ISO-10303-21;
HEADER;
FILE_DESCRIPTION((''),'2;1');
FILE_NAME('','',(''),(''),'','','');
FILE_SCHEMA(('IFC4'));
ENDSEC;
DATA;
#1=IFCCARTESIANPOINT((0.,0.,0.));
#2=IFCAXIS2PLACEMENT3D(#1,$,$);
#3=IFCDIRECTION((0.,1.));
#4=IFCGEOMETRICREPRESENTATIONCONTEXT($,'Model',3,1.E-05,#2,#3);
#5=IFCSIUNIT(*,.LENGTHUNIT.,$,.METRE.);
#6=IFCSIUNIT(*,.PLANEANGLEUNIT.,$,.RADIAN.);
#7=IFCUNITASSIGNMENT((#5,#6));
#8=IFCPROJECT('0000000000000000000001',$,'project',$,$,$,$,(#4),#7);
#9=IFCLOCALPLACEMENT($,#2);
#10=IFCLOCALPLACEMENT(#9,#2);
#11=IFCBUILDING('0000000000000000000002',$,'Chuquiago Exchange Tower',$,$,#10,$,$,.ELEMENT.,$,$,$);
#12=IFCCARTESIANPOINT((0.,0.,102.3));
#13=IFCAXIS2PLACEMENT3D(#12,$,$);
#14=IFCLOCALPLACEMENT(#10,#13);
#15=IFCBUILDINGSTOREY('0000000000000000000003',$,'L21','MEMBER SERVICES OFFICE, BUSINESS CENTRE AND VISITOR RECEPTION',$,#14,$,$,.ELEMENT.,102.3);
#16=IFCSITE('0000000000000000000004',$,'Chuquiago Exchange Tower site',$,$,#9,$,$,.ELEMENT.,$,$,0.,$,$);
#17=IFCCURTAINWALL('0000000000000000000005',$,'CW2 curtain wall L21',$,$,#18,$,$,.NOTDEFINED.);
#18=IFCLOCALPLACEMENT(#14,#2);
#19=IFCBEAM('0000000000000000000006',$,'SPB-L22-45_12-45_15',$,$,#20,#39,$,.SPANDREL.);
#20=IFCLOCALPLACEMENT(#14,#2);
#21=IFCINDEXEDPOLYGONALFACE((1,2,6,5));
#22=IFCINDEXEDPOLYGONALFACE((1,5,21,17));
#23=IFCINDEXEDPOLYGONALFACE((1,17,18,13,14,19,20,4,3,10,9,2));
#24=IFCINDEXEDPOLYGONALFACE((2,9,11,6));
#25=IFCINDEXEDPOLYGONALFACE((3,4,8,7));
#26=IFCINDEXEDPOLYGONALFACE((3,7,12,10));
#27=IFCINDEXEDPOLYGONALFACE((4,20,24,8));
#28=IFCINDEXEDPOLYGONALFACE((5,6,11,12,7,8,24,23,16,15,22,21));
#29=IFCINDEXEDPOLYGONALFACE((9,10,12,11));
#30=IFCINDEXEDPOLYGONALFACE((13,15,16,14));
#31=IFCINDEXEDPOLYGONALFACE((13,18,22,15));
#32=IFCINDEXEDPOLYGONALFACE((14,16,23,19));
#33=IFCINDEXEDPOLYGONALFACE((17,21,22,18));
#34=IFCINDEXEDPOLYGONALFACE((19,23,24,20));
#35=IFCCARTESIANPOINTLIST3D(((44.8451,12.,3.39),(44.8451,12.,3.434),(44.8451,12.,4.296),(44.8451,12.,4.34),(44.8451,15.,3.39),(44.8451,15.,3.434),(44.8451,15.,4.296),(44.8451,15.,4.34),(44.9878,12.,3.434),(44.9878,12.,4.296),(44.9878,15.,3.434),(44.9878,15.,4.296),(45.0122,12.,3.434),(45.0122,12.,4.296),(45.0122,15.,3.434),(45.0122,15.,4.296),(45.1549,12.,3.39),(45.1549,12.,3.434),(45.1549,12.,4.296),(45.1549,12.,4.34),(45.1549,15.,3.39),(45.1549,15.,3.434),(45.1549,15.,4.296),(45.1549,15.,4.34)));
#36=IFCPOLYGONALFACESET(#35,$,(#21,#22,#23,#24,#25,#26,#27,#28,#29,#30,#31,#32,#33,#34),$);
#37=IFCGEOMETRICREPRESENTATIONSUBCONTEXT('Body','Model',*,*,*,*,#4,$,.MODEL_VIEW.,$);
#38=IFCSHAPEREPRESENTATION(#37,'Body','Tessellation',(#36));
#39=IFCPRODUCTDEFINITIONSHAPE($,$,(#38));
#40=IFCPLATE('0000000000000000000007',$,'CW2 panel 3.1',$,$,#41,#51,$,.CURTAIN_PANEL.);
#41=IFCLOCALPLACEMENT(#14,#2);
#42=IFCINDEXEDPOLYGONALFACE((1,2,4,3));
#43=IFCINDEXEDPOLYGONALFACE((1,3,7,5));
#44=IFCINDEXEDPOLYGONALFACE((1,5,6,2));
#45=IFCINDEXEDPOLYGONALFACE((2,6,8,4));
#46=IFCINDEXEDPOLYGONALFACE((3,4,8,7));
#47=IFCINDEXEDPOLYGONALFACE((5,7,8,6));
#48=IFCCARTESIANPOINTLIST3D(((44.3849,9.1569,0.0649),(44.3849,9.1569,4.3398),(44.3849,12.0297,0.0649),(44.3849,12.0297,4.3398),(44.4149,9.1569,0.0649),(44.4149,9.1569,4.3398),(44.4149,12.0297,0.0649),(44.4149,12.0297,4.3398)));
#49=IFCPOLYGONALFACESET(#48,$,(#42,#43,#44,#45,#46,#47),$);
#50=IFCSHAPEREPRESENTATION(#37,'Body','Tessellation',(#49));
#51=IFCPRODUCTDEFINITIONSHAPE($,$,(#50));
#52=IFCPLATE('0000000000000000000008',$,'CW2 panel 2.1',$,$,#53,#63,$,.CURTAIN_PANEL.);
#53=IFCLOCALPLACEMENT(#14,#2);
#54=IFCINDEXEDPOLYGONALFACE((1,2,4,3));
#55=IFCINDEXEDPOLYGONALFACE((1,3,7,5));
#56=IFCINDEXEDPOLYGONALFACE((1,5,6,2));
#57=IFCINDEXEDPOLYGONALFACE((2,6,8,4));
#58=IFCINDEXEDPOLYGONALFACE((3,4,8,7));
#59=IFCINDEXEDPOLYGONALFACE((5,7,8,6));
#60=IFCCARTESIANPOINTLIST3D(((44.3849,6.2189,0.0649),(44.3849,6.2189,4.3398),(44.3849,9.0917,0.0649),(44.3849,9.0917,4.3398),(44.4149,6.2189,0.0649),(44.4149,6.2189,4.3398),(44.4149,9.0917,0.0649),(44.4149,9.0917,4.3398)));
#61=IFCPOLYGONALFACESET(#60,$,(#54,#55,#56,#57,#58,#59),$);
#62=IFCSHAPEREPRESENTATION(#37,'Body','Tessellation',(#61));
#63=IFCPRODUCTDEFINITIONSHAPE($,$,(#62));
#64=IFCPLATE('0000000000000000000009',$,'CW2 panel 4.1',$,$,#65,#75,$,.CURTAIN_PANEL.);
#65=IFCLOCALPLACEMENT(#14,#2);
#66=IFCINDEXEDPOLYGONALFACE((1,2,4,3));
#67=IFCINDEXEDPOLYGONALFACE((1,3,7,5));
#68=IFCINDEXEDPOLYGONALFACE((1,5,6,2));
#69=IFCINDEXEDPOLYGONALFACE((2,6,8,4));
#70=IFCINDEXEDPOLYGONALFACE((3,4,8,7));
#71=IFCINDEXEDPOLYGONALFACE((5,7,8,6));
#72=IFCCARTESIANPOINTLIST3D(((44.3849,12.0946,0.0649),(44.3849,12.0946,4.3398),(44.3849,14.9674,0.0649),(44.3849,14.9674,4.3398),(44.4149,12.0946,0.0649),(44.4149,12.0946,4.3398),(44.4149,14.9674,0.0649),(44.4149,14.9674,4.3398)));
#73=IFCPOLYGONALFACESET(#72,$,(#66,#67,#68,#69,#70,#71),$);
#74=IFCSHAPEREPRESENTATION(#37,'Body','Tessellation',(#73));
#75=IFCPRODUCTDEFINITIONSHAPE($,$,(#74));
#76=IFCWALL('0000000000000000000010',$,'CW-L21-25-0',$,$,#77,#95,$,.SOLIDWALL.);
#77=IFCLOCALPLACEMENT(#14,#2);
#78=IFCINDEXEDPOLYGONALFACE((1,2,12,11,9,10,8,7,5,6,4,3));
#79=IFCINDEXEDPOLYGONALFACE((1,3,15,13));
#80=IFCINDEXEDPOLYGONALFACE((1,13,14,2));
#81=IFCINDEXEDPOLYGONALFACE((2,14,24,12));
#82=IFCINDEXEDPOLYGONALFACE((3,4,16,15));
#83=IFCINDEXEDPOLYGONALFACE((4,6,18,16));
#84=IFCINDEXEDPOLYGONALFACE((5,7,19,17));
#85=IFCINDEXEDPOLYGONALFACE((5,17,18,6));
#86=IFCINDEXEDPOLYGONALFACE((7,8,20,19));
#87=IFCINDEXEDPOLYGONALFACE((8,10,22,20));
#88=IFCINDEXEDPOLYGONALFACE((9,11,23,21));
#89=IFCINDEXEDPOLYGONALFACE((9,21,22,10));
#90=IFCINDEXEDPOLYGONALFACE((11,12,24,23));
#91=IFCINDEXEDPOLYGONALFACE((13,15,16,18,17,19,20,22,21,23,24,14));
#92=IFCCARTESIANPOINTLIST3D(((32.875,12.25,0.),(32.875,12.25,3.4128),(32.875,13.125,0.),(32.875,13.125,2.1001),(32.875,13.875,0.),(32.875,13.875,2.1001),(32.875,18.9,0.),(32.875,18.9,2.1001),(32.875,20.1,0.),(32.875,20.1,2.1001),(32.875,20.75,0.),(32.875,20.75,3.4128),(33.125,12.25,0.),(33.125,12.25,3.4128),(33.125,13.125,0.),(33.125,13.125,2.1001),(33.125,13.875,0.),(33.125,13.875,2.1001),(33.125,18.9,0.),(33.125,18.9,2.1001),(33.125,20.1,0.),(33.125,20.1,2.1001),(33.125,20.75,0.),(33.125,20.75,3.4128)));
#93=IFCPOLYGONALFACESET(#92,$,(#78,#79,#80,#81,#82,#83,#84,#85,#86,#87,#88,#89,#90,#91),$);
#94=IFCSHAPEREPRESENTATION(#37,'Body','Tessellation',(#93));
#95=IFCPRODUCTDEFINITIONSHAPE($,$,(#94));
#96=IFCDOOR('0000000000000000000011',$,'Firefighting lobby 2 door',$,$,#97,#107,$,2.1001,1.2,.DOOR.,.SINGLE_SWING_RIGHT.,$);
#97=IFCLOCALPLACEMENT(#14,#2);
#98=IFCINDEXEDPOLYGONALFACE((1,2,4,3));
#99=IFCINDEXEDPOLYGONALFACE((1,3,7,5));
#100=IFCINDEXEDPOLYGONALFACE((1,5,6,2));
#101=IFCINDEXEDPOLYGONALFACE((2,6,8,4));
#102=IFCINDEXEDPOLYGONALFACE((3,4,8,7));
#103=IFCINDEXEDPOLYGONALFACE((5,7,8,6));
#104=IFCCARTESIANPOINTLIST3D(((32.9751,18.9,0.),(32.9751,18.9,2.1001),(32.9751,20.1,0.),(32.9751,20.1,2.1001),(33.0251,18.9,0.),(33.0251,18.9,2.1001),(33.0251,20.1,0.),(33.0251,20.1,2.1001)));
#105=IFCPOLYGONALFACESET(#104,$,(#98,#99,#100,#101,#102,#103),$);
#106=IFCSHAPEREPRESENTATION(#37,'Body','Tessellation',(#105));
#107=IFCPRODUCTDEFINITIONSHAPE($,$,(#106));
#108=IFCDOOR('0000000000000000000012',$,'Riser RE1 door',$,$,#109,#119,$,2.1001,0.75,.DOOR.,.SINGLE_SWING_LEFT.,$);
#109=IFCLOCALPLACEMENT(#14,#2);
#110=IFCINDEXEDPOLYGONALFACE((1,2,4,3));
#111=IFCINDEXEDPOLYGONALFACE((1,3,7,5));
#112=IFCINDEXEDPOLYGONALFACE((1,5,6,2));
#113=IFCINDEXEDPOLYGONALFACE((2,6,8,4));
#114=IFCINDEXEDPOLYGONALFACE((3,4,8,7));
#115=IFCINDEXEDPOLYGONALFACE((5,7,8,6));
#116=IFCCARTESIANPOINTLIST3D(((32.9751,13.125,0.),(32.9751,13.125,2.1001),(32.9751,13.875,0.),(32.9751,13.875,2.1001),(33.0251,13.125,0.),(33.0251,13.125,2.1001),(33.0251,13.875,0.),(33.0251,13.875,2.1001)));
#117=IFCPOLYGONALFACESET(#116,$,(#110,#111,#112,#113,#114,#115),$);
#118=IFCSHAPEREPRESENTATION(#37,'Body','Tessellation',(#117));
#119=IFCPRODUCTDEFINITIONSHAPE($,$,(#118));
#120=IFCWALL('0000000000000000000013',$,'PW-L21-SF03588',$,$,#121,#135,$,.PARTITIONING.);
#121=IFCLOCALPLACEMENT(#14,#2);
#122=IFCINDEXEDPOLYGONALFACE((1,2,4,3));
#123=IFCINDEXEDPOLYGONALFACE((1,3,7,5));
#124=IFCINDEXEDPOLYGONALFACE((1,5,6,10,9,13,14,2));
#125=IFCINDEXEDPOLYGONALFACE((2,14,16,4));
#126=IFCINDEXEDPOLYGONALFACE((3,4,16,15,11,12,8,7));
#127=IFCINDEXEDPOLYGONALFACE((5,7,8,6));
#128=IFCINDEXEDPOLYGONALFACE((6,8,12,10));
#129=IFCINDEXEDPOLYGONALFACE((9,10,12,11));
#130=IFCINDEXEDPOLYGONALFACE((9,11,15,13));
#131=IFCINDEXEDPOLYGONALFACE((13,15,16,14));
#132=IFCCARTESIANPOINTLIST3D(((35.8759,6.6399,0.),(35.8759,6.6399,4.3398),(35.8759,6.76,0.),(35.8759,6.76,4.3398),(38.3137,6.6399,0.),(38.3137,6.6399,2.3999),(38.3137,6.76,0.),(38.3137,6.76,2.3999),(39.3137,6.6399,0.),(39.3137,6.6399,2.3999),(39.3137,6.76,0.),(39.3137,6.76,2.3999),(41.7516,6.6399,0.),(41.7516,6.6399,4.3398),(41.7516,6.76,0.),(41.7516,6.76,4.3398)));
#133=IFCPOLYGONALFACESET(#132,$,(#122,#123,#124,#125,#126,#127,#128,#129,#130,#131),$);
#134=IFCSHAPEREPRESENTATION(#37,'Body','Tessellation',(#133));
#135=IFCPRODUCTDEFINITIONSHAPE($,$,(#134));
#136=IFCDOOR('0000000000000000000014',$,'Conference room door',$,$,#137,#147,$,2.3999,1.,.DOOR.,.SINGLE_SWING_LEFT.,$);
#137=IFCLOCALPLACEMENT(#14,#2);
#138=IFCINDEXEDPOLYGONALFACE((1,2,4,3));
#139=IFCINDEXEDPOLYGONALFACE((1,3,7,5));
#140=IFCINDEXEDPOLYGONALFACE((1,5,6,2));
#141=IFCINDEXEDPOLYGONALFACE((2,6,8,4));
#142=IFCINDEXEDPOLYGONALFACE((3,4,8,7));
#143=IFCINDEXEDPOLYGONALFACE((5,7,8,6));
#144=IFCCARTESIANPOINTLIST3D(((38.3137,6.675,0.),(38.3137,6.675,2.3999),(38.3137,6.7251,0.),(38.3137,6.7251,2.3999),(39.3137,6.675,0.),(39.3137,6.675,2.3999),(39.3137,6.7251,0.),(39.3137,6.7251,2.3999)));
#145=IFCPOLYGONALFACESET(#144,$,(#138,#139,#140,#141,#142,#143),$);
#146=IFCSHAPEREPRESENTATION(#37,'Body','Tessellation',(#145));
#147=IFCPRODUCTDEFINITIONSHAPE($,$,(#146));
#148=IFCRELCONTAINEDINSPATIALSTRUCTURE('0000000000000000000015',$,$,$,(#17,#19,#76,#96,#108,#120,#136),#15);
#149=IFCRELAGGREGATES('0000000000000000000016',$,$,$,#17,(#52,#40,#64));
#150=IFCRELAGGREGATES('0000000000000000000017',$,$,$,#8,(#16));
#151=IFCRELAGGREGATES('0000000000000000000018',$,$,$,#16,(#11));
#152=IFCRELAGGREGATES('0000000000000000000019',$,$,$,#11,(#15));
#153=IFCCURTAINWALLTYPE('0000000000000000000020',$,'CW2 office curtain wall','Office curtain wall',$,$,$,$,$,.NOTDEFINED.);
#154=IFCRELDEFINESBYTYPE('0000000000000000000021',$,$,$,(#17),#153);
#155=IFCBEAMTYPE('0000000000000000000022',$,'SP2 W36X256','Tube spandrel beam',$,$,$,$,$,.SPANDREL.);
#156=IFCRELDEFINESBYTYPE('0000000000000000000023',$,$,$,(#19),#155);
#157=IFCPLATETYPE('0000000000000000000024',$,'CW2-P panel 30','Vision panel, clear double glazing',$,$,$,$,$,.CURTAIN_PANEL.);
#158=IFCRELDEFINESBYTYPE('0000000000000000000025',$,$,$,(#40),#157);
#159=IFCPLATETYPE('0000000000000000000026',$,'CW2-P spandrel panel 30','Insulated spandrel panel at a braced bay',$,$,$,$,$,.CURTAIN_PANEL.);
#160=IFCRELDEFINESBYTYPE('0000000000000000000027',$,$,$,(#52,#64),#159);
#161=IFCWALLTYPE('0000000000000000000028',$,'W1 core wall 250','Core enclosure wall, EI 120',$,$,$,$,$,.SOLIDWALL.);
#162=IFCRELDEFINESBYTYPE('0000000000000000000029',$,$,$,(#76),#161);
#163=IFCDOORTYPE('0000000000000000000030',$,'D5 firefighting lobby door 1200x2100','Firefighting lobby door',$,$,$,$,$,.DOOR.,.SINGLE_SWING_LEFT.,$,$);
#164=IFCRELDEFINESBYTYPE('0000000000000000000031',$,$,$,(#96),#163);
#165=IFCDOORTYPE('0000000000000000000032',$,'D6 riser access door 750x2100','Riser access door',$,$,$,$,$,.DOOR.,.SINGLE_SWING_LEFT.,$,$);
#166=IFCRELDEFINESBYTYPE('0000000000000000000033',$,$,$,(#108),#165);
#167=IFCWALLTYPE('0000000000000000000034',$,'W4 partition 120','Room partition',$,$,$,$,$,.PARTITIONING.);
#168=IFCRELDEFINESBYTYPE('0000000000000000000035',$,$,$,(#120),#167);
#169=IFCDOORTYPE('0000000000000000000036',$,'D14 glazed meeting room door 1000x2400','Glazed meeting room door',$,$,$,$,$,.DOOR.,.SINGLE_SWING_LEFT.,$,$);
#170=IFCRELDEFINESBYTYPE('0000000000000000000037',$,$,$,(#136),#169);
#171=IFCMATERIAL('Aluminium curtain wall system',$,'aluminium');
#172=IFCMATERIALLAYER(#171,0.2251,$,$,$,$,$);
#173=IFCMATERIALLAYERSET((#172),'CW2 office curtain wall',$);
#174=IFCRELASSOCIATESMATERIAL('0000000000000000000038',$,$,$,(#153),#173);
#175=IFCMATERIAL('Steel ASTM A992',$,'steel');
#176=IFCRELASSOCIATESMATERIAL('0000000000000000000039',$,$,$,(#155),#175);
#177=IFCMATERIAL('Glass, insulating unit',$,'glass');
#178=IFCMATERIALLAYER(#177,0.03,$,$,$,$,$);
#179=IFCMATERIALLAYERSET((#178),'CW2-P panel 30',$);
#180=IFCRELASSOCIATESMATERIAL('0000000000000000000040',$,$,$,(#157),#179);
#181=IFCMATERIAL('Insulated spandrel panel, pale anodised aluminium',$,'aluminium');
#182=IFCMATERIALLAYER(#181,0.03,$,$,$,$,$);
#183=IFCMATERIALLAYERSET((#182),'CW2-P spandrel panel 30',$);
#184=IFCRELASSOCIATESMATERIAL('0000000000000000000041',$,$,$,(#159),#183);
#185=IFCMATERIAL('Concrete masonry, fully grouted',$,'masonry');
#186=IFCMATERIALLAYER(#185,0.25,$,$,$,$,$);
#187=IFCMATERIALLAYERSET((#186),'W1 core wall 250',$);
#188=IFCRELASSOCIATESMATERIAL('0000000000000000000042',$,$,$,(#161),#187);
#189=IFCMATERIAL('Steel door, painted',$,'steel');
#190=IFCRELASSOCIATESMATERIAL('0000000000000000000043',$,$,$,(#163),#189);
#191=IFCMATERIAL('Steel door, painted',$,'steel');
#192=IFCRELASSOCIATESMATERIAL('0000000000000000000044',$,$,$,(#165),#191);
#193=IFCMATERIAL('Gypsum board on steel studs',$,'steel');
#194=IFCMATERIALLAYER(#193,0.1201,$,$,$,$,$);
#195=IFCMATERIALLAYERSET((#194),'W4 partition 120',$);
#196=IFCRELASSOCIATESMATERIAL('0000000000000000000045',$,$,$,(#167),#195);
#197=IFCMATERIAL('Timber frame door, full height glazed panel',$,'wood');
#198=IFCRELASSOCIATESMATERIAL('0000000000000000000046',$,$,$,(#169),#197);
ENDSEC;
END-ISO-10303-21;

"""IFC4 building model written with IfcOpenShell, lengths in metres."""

from ifc_helpers import new_model, si_unit, direction, frame, frame_2d, origin, origin_2d, place, context, subcontext, project, spatial, rectangle, i_section, extrude, material, layer, layer_set, material_profile, profile_set, type_object, element, fill, aggregate, save


model = new_model("IFC4")

# Units and contexts
model_context = context("Model", 3, precision=1e-05, world=origin(), true_north=direction((0.0, 1.0)))
body_context = subcontext(model_context, "Body", "Model", "MODEL_VIEW")
ifc_project = project(units=[si_unit("LENGTHUNIT", "METRE"), si_unit("PLANEANGLEUNIT", "RADIAN")], contexts=[model_context])

# Site, building, storey
site_placement = place(None, origin())
site = spatial("IfcSite", under=ifc_project, at=site_placement, Name="Chuquiago Exchange Tower site", CompositionType="ELEMENT", RefElevation=0.0)
building_placement = place(site_placement, origin())
building = spatial("IfcBuilding", under=site, at=building_placement, Name="Chuquiago Exchange Tower", CompositionType="ELEMENT")
storey_placement = place(building_placement, frame((0.0, 0.0, 102.3)))
storey = spatial("IfcBuildingStorey", under=building, at=storey_placement, Name="L21", Description="MEMBER SERVICES OFFICE, BUSINESS CENTRE AND VISITOR RECEPTION", CompositionType="ELEMENT", Elevation=102.3)

# Curtain wall
ifc_material_1 = material(Name="Aluminium curtain wall system", Category="aluminium")
ifc_layer_1 = layer(ifc_material_1, 0.2251)
ifc_layer_set_1 = layer_set([ifc_layer_1], Name="CW2 office curtain wall")
curtain_wall_type = type_object("IfcCurtainWallType", Name="CW2 office curtain wall", Description="Office curtain wall", PredefinedType="NOTDEFINED", material=ifc_layer_set_1)
curtain_wall_placement = place(storey_placement, origin())
curtain_wall = element("IfcCurtainWall", 1, at=curtain_wall_placement, inside=storey, type_object=curtain_wall_type, Name="CW2 curtain wall L21", PredefinedType="NOTDEFINED")

# Beam
ifc_material_2 = material(Name="Steel ASTM A992", Category="steel")
ifc_material_profile_1 = material_profile(ifc_material_2, i_section(OverallWidth=0.3098, OverallDepth=0.95, WebThickness=0.0244, FlangeThickness=0.0439, at=origin_2d()), Name="W36X256")
ifc_profile_set_1 = profile_set([ifc_material_profile_1], Name="Steel ASTM A992")
beam_type_1 = type_object("IfcBeamType", Name="SP2 W36X256", Description="Tube spandrel beam", PredefinedType="SPANDREL", material=ifc_profile_set_1)
for number, where, z_axis, x_axis, name in (
    (2, (45.0, 12.0, 3.865), (0.0, 1.0, 0.0), (-1.0, 0.0, 0.0), "SPB-L22-45_12-45_15"),
):
    element("IfcBeam", number, at=place(storey_placement, frame(where, z_axis=z_axis, x_axis=x_axis)), inside=storey, type_object=beam_type_1, Name=name, PredefinedType="SPANDREL", context=body_context, shape_type="SweptSolid", body=[
        extrude(i_section(OverallWidth=0.3098, OverallDepth=0.95, WebThickness=0.0244, FlangeThickness=0.0439, at=origin_2d()), origin(), (0.0, 0.0, 1.0), 3.0),
    ])

# Plates
ifc_material_3 = material(Name="Glass, insulating unit", Category="glass")
ifc_layer_2 = layer(ifc_material_3, 0.03)
ifc_layer_set_2 = layer_set([ifc_layer_2], Name="CW2-P panel 30")
plate_type_1 = type_object("IfcPlateType", Name="CW2-P panel 30", Description="Vision panel, clear double glazing", PredefinedType="CURTAIN_PANEL", material=ifc_layer_set_2)
plate_1_placement = place(storey_placement, frame((44.3999, 10.5933, 0.0649), z_axis=(0.0, 0.0, 1.0), x_axis=(0.0, 1.0, 0.0)))
plate_1 = element("IfcPlate", 3, at=plate_1_placement, type_object=plate_type_1, Name="CW2 panel 3.1", PredefinedType="CURTAIN_PANEL", context=body_context, shape_type="SweptSolid", body=[
    extrude(rectangle(XDim=2.8728, YDim=0.03, at=origin_2d()), origin(), (0.0, 0.0, 1.0), 4.2749),
])
ifc_material_4 = material(Name="Insulated spandrel panel, pale anodised aluminium", Category="aluminium")
ifc_layer_3 = layer(ifc_material_4, 0.03)
ifc_layer_set_3 = layer_set([ifc_layer_3], Name="CW2-P spandrel panel 30")
plate_type_2 = type_object("IfcPlateType", Name="CW2-P spandrel panel 30", Description="Insulated spandrel panel at a braced bay", PredefinedType="CURTAIN_PANEL", material=ifc_layer_set_3)
plate_2_placement = place(storey_placement, frame((44.3999, 7.6553, 0.0649), z_axis=(0.0, 0.0, 1.0), x_axis=(0.0, 1.0, 0.0)))
plate_2 = element("IfcPlate", 4, at=plate_2_placement, type_object=plate_type_2, Name="CW2 panel 2.1", PredefinedType="CURTAIN_PANEL", context=body_context, shape_type="SweptSolid", body=[
    extrude(rectangle(XDim=2.8728, YDim=0.03, at=origin_2d()), origin(), (0.0, 0.0, 1.0), 4.2749),
])
plate_3_placement = place(storey_placement, frame((44.3999, 13.531, 0.0649), z_axis=(0.0, 0.0, 1.0), x_axis=(0.0, 1.0, 0.0)))
plate_3 = element("IfcPlate", 5, at=plate_3_placement, type_object=plate_type_2, Name="CW2 panel 4.1", PredefinedType="CURTAIN_PANEL", context=body_context, shape_type="SweptSolid", body=[
    extrude(rectangle(XDim=2.8728, YDim=0.03, at=origin_2d()), origin(), (0.0, 0.0, 1.0), 4.2749),
])
aggregate(curtain_wall, [plate_2, plate_1, plate_3])

# Wall, openings, doors
ifc_material_5 = material(Name="Concrete masonry, fully grouted", Category="masonry")
ifc_layer_4 = layer(ifc_material_5, 0.25)
ifc_layer_set_4 = layer_set([ifc_layer_4], Name="W1 core wall 250")
wall_type_1 = type_object("IfcWallType", Name="W1 core wall 250", Description="Core enclosure wall, EI 120", PredefinedType="SOLIDWALL", material=ifc_layer_set_4)
wall_1_placement = place(storey_placement, frame((33.0, 12.25, 0.0), z_axis=(0.0, 0.0, 1.0), x_axis=(0.0, 1.0, 0.0)))
wall_1 = element("IfcWall", 6, at=wall_1_placement, inside=storey, type_object=wall_type_1, Name="CW-L21-25-0", PredefinedType="SOLIDWALL", context=body_context, shape_type="SweptSolid", body=[
    extrude(rectangle(XDim=8.5, YDim=0.25, at=frame_2d((4.25, 0.0))), origin(), (0.0, 0.0, 1.0), 3.4128),
])
opening_1_placement = place(wall_1_placement, frame((6.6499, 0.0, 0.0)))
opening_1 = element("IfcOpeningElement", 7, at=opening_1_placement, cuts=wall_1, PredefinedType="OPENING", context=body_context, shape_type="SweptSolid", body=[
    extrude(rectangle(XDim=1.2, YDim=2.1001, at=frame_2d((0.6001, 1.05))), frame((0.0, 0.135, 0.0), z_axis=(0.0, -1.0, 0.0), x_axis=(1.0, 0.0, 0.0)), (0.0, 0.0, 1.0), 0.27),
])
opening_2_placement = place(wall_1_placement, frame((0.875, 0.0, 0.0)))
opening_2 = element("IfcOpeningElement", 8, at=opening_2_placement, cuts=wall_1, PredefinedType="OPENING", context=body_context, shape_type="SweptSolid", body=[
    extrude(rectangle(XDim=0.75, YDim=2.1001, at=frame_2d((0.375, 1.05))), frame((0.0, 0.135, 0.0), z_axis=(0.0, -1.0, 0.0), x_axis=(1.0, 0.0, 0.0)), (0.0, 0.0, 1.0), 0.27),
])
ifc_material_6 = material(Name="Steel door, painted", Category="steel")
door_type_1 = type_object("IfcDoorType", Name="D5 firefighting lobby door 1200x2100", Description="Firefighting lobby door", OperationType="SINGLE_SWING_LEFT", PredefinedType="DOOR", material=ifc_material_6)
door_1_placement = place(opening_1_placement, origin())
door_1 = element("IfcDoor", 9, at=door_1_placement, inside=storey, type_object=door_type_1, Name="Firefighting lobby 2 door", OperationType="SINGLE_SWING_RIGHT", OverallHeight=2.1001, OverallWidth=1.2, PredefinedType="DOOR", context=body_context, shape_type="SweptSolid", body=[
    extrude(rectangle(XDim=1.2, YDim=2.1001, at=frame_2d((0.6001, 1.05))), frame((0.0, 0.0249, 0.0), z_axis=(0.0, -1.0, 0.0), x_axis=(1.0, 0.0, 0.0)), (0.0, 0.0, 1.0), 0.05),
])
fill(opening_1, door_1)
ifc_material_7 = material(Name="Steel door, painted", Category="steel")
door_type_2 = type_object("IfcDoorType", Name="D6 riser access door 750x2100", Description="Riser access door", OperationType="SINGLE_SWING_LEFT", PredefinedType="DOOR", material=ifc_material_7)
door_2_placement = place(opening_2_placement, origin())
door_2 = element("IfcDoor", 10, at=door_2_placement, inside=storey, type_object=door_type_2, Name="Riser RE1 door", OperationType="SINGLE_SWING_LEFT", OverallHeight=2.1001, OverallWidth=0.75, PredefinedType="DOOR", context=body_context, shape_type="SweptSolid", body=[
    extrude(rectangle(XDim=0.75, YDim=2.1001, at=frame_2d((0.375, 1.05))), frame((0.0, 0.0249, 0.0), z_axis=(0.0, -1.0, 0.0), x_axis=(1.0, 0.0, 0.0)), (0.0, 0.0, 1.0), 0.05),
])
fill(opening_2, door_2)

# Wall, opening, door
ifc_material_8 = material(Name="Gypsum board on steel studs", Category="steel")
ifc_layer_5 = layer(ifc_material_8, 0.1201)
ifc_layer_set_5 = layer_set([ifc_layer_5], Name="W4 partition 120")
wall_type_2 = type_object("IfcWallType", Name="W4 partition 120", Description="Room partition", PredefinedType="PARTITIONING", material=ifc_layer_set_5)
wall_2_placement = place(storey_placement, frame((35.8757, 6.7, 0.0), z_axis=(0.0, 0.0, 1.0), x_axis=(1.0, 0.0, 0.0)))
wall_2 = element("IfcWall", 11, at=wall_2_placement, inside=storey, type_object=wall_type_2, Name="PW-L21-SF03588", PredefinedType="PARTITIONING", context=body_context, shape_type="SweptSolid", body=[
    extrude(rectangle(XDim=5.8757, YDim=0.1201, at=frame_2d((2.938, 0.0))), origin(), (0.0, 0.0, 1.0), 4.3398),
])
opening_3_placement = place(wall_2_placement, frame((2.438, 0.0, 0.0)))
opening_3 = element("IfcOpeningElement", 12, at=opening_3_placement, cuts=wall_2, PredefinedType="OPENING", context=body_context, shape_type="SweptSolid", body=[
    extrude(rectangle(XDim=1.0, YDim=2.3999, at=frame_2d((0.5, 1.2))), frame((0.0, 0.0701, 0.0), z_axis=(0.0, -1.0, 0.0), x_axis=(1.0, 0.0, 0.0)), (0.0, 0.0, 1.0), 0.1401),
])
ifc_material_9 = material(Name="Timber frame door, full height glazed panel", Category="wood")
door_type_3 = type_object("IfcDoorType", Name="D14 glazed meeting room door 1000x2400", Description="Glazed meeting room door", OperationType="SINGLE_SWING_LEFT", PredefinedType="DOOR", material=ifc_material_9)
door_3_placement = place(opening_3_placement, frame((1.0, 0.0, 0.0), z_axis=(0.0, 0.0, 1.0), x_axis=(-1.0, 0.0, 0.0)))
door_3 = element("IfcDoor", 13, at=door_3_placement, inside=storey, type_object=door_type_3, Name="Conference room door", OperationType="SINGLE_SWING_LEFT", OverallHeight=2.3999, OverallWidth=1.0, PredefinedType="DOOR", context=body_context, shape_type="SweptSolid", body=[
    extrude(rectangle(XDim=1.0, YDim=2.3999, at=frame_2d((0.5, 1.2))), frame((0.0, 0.0249, 0.0), z_axis=(0.0, -1.0, 0.0), x_axis=(1.0, 0.0, 0.0)), (0.0, 0.0, 1.0), 0.05),
])
fill(opening_3, door_3)

save(model, "model.ifc")
